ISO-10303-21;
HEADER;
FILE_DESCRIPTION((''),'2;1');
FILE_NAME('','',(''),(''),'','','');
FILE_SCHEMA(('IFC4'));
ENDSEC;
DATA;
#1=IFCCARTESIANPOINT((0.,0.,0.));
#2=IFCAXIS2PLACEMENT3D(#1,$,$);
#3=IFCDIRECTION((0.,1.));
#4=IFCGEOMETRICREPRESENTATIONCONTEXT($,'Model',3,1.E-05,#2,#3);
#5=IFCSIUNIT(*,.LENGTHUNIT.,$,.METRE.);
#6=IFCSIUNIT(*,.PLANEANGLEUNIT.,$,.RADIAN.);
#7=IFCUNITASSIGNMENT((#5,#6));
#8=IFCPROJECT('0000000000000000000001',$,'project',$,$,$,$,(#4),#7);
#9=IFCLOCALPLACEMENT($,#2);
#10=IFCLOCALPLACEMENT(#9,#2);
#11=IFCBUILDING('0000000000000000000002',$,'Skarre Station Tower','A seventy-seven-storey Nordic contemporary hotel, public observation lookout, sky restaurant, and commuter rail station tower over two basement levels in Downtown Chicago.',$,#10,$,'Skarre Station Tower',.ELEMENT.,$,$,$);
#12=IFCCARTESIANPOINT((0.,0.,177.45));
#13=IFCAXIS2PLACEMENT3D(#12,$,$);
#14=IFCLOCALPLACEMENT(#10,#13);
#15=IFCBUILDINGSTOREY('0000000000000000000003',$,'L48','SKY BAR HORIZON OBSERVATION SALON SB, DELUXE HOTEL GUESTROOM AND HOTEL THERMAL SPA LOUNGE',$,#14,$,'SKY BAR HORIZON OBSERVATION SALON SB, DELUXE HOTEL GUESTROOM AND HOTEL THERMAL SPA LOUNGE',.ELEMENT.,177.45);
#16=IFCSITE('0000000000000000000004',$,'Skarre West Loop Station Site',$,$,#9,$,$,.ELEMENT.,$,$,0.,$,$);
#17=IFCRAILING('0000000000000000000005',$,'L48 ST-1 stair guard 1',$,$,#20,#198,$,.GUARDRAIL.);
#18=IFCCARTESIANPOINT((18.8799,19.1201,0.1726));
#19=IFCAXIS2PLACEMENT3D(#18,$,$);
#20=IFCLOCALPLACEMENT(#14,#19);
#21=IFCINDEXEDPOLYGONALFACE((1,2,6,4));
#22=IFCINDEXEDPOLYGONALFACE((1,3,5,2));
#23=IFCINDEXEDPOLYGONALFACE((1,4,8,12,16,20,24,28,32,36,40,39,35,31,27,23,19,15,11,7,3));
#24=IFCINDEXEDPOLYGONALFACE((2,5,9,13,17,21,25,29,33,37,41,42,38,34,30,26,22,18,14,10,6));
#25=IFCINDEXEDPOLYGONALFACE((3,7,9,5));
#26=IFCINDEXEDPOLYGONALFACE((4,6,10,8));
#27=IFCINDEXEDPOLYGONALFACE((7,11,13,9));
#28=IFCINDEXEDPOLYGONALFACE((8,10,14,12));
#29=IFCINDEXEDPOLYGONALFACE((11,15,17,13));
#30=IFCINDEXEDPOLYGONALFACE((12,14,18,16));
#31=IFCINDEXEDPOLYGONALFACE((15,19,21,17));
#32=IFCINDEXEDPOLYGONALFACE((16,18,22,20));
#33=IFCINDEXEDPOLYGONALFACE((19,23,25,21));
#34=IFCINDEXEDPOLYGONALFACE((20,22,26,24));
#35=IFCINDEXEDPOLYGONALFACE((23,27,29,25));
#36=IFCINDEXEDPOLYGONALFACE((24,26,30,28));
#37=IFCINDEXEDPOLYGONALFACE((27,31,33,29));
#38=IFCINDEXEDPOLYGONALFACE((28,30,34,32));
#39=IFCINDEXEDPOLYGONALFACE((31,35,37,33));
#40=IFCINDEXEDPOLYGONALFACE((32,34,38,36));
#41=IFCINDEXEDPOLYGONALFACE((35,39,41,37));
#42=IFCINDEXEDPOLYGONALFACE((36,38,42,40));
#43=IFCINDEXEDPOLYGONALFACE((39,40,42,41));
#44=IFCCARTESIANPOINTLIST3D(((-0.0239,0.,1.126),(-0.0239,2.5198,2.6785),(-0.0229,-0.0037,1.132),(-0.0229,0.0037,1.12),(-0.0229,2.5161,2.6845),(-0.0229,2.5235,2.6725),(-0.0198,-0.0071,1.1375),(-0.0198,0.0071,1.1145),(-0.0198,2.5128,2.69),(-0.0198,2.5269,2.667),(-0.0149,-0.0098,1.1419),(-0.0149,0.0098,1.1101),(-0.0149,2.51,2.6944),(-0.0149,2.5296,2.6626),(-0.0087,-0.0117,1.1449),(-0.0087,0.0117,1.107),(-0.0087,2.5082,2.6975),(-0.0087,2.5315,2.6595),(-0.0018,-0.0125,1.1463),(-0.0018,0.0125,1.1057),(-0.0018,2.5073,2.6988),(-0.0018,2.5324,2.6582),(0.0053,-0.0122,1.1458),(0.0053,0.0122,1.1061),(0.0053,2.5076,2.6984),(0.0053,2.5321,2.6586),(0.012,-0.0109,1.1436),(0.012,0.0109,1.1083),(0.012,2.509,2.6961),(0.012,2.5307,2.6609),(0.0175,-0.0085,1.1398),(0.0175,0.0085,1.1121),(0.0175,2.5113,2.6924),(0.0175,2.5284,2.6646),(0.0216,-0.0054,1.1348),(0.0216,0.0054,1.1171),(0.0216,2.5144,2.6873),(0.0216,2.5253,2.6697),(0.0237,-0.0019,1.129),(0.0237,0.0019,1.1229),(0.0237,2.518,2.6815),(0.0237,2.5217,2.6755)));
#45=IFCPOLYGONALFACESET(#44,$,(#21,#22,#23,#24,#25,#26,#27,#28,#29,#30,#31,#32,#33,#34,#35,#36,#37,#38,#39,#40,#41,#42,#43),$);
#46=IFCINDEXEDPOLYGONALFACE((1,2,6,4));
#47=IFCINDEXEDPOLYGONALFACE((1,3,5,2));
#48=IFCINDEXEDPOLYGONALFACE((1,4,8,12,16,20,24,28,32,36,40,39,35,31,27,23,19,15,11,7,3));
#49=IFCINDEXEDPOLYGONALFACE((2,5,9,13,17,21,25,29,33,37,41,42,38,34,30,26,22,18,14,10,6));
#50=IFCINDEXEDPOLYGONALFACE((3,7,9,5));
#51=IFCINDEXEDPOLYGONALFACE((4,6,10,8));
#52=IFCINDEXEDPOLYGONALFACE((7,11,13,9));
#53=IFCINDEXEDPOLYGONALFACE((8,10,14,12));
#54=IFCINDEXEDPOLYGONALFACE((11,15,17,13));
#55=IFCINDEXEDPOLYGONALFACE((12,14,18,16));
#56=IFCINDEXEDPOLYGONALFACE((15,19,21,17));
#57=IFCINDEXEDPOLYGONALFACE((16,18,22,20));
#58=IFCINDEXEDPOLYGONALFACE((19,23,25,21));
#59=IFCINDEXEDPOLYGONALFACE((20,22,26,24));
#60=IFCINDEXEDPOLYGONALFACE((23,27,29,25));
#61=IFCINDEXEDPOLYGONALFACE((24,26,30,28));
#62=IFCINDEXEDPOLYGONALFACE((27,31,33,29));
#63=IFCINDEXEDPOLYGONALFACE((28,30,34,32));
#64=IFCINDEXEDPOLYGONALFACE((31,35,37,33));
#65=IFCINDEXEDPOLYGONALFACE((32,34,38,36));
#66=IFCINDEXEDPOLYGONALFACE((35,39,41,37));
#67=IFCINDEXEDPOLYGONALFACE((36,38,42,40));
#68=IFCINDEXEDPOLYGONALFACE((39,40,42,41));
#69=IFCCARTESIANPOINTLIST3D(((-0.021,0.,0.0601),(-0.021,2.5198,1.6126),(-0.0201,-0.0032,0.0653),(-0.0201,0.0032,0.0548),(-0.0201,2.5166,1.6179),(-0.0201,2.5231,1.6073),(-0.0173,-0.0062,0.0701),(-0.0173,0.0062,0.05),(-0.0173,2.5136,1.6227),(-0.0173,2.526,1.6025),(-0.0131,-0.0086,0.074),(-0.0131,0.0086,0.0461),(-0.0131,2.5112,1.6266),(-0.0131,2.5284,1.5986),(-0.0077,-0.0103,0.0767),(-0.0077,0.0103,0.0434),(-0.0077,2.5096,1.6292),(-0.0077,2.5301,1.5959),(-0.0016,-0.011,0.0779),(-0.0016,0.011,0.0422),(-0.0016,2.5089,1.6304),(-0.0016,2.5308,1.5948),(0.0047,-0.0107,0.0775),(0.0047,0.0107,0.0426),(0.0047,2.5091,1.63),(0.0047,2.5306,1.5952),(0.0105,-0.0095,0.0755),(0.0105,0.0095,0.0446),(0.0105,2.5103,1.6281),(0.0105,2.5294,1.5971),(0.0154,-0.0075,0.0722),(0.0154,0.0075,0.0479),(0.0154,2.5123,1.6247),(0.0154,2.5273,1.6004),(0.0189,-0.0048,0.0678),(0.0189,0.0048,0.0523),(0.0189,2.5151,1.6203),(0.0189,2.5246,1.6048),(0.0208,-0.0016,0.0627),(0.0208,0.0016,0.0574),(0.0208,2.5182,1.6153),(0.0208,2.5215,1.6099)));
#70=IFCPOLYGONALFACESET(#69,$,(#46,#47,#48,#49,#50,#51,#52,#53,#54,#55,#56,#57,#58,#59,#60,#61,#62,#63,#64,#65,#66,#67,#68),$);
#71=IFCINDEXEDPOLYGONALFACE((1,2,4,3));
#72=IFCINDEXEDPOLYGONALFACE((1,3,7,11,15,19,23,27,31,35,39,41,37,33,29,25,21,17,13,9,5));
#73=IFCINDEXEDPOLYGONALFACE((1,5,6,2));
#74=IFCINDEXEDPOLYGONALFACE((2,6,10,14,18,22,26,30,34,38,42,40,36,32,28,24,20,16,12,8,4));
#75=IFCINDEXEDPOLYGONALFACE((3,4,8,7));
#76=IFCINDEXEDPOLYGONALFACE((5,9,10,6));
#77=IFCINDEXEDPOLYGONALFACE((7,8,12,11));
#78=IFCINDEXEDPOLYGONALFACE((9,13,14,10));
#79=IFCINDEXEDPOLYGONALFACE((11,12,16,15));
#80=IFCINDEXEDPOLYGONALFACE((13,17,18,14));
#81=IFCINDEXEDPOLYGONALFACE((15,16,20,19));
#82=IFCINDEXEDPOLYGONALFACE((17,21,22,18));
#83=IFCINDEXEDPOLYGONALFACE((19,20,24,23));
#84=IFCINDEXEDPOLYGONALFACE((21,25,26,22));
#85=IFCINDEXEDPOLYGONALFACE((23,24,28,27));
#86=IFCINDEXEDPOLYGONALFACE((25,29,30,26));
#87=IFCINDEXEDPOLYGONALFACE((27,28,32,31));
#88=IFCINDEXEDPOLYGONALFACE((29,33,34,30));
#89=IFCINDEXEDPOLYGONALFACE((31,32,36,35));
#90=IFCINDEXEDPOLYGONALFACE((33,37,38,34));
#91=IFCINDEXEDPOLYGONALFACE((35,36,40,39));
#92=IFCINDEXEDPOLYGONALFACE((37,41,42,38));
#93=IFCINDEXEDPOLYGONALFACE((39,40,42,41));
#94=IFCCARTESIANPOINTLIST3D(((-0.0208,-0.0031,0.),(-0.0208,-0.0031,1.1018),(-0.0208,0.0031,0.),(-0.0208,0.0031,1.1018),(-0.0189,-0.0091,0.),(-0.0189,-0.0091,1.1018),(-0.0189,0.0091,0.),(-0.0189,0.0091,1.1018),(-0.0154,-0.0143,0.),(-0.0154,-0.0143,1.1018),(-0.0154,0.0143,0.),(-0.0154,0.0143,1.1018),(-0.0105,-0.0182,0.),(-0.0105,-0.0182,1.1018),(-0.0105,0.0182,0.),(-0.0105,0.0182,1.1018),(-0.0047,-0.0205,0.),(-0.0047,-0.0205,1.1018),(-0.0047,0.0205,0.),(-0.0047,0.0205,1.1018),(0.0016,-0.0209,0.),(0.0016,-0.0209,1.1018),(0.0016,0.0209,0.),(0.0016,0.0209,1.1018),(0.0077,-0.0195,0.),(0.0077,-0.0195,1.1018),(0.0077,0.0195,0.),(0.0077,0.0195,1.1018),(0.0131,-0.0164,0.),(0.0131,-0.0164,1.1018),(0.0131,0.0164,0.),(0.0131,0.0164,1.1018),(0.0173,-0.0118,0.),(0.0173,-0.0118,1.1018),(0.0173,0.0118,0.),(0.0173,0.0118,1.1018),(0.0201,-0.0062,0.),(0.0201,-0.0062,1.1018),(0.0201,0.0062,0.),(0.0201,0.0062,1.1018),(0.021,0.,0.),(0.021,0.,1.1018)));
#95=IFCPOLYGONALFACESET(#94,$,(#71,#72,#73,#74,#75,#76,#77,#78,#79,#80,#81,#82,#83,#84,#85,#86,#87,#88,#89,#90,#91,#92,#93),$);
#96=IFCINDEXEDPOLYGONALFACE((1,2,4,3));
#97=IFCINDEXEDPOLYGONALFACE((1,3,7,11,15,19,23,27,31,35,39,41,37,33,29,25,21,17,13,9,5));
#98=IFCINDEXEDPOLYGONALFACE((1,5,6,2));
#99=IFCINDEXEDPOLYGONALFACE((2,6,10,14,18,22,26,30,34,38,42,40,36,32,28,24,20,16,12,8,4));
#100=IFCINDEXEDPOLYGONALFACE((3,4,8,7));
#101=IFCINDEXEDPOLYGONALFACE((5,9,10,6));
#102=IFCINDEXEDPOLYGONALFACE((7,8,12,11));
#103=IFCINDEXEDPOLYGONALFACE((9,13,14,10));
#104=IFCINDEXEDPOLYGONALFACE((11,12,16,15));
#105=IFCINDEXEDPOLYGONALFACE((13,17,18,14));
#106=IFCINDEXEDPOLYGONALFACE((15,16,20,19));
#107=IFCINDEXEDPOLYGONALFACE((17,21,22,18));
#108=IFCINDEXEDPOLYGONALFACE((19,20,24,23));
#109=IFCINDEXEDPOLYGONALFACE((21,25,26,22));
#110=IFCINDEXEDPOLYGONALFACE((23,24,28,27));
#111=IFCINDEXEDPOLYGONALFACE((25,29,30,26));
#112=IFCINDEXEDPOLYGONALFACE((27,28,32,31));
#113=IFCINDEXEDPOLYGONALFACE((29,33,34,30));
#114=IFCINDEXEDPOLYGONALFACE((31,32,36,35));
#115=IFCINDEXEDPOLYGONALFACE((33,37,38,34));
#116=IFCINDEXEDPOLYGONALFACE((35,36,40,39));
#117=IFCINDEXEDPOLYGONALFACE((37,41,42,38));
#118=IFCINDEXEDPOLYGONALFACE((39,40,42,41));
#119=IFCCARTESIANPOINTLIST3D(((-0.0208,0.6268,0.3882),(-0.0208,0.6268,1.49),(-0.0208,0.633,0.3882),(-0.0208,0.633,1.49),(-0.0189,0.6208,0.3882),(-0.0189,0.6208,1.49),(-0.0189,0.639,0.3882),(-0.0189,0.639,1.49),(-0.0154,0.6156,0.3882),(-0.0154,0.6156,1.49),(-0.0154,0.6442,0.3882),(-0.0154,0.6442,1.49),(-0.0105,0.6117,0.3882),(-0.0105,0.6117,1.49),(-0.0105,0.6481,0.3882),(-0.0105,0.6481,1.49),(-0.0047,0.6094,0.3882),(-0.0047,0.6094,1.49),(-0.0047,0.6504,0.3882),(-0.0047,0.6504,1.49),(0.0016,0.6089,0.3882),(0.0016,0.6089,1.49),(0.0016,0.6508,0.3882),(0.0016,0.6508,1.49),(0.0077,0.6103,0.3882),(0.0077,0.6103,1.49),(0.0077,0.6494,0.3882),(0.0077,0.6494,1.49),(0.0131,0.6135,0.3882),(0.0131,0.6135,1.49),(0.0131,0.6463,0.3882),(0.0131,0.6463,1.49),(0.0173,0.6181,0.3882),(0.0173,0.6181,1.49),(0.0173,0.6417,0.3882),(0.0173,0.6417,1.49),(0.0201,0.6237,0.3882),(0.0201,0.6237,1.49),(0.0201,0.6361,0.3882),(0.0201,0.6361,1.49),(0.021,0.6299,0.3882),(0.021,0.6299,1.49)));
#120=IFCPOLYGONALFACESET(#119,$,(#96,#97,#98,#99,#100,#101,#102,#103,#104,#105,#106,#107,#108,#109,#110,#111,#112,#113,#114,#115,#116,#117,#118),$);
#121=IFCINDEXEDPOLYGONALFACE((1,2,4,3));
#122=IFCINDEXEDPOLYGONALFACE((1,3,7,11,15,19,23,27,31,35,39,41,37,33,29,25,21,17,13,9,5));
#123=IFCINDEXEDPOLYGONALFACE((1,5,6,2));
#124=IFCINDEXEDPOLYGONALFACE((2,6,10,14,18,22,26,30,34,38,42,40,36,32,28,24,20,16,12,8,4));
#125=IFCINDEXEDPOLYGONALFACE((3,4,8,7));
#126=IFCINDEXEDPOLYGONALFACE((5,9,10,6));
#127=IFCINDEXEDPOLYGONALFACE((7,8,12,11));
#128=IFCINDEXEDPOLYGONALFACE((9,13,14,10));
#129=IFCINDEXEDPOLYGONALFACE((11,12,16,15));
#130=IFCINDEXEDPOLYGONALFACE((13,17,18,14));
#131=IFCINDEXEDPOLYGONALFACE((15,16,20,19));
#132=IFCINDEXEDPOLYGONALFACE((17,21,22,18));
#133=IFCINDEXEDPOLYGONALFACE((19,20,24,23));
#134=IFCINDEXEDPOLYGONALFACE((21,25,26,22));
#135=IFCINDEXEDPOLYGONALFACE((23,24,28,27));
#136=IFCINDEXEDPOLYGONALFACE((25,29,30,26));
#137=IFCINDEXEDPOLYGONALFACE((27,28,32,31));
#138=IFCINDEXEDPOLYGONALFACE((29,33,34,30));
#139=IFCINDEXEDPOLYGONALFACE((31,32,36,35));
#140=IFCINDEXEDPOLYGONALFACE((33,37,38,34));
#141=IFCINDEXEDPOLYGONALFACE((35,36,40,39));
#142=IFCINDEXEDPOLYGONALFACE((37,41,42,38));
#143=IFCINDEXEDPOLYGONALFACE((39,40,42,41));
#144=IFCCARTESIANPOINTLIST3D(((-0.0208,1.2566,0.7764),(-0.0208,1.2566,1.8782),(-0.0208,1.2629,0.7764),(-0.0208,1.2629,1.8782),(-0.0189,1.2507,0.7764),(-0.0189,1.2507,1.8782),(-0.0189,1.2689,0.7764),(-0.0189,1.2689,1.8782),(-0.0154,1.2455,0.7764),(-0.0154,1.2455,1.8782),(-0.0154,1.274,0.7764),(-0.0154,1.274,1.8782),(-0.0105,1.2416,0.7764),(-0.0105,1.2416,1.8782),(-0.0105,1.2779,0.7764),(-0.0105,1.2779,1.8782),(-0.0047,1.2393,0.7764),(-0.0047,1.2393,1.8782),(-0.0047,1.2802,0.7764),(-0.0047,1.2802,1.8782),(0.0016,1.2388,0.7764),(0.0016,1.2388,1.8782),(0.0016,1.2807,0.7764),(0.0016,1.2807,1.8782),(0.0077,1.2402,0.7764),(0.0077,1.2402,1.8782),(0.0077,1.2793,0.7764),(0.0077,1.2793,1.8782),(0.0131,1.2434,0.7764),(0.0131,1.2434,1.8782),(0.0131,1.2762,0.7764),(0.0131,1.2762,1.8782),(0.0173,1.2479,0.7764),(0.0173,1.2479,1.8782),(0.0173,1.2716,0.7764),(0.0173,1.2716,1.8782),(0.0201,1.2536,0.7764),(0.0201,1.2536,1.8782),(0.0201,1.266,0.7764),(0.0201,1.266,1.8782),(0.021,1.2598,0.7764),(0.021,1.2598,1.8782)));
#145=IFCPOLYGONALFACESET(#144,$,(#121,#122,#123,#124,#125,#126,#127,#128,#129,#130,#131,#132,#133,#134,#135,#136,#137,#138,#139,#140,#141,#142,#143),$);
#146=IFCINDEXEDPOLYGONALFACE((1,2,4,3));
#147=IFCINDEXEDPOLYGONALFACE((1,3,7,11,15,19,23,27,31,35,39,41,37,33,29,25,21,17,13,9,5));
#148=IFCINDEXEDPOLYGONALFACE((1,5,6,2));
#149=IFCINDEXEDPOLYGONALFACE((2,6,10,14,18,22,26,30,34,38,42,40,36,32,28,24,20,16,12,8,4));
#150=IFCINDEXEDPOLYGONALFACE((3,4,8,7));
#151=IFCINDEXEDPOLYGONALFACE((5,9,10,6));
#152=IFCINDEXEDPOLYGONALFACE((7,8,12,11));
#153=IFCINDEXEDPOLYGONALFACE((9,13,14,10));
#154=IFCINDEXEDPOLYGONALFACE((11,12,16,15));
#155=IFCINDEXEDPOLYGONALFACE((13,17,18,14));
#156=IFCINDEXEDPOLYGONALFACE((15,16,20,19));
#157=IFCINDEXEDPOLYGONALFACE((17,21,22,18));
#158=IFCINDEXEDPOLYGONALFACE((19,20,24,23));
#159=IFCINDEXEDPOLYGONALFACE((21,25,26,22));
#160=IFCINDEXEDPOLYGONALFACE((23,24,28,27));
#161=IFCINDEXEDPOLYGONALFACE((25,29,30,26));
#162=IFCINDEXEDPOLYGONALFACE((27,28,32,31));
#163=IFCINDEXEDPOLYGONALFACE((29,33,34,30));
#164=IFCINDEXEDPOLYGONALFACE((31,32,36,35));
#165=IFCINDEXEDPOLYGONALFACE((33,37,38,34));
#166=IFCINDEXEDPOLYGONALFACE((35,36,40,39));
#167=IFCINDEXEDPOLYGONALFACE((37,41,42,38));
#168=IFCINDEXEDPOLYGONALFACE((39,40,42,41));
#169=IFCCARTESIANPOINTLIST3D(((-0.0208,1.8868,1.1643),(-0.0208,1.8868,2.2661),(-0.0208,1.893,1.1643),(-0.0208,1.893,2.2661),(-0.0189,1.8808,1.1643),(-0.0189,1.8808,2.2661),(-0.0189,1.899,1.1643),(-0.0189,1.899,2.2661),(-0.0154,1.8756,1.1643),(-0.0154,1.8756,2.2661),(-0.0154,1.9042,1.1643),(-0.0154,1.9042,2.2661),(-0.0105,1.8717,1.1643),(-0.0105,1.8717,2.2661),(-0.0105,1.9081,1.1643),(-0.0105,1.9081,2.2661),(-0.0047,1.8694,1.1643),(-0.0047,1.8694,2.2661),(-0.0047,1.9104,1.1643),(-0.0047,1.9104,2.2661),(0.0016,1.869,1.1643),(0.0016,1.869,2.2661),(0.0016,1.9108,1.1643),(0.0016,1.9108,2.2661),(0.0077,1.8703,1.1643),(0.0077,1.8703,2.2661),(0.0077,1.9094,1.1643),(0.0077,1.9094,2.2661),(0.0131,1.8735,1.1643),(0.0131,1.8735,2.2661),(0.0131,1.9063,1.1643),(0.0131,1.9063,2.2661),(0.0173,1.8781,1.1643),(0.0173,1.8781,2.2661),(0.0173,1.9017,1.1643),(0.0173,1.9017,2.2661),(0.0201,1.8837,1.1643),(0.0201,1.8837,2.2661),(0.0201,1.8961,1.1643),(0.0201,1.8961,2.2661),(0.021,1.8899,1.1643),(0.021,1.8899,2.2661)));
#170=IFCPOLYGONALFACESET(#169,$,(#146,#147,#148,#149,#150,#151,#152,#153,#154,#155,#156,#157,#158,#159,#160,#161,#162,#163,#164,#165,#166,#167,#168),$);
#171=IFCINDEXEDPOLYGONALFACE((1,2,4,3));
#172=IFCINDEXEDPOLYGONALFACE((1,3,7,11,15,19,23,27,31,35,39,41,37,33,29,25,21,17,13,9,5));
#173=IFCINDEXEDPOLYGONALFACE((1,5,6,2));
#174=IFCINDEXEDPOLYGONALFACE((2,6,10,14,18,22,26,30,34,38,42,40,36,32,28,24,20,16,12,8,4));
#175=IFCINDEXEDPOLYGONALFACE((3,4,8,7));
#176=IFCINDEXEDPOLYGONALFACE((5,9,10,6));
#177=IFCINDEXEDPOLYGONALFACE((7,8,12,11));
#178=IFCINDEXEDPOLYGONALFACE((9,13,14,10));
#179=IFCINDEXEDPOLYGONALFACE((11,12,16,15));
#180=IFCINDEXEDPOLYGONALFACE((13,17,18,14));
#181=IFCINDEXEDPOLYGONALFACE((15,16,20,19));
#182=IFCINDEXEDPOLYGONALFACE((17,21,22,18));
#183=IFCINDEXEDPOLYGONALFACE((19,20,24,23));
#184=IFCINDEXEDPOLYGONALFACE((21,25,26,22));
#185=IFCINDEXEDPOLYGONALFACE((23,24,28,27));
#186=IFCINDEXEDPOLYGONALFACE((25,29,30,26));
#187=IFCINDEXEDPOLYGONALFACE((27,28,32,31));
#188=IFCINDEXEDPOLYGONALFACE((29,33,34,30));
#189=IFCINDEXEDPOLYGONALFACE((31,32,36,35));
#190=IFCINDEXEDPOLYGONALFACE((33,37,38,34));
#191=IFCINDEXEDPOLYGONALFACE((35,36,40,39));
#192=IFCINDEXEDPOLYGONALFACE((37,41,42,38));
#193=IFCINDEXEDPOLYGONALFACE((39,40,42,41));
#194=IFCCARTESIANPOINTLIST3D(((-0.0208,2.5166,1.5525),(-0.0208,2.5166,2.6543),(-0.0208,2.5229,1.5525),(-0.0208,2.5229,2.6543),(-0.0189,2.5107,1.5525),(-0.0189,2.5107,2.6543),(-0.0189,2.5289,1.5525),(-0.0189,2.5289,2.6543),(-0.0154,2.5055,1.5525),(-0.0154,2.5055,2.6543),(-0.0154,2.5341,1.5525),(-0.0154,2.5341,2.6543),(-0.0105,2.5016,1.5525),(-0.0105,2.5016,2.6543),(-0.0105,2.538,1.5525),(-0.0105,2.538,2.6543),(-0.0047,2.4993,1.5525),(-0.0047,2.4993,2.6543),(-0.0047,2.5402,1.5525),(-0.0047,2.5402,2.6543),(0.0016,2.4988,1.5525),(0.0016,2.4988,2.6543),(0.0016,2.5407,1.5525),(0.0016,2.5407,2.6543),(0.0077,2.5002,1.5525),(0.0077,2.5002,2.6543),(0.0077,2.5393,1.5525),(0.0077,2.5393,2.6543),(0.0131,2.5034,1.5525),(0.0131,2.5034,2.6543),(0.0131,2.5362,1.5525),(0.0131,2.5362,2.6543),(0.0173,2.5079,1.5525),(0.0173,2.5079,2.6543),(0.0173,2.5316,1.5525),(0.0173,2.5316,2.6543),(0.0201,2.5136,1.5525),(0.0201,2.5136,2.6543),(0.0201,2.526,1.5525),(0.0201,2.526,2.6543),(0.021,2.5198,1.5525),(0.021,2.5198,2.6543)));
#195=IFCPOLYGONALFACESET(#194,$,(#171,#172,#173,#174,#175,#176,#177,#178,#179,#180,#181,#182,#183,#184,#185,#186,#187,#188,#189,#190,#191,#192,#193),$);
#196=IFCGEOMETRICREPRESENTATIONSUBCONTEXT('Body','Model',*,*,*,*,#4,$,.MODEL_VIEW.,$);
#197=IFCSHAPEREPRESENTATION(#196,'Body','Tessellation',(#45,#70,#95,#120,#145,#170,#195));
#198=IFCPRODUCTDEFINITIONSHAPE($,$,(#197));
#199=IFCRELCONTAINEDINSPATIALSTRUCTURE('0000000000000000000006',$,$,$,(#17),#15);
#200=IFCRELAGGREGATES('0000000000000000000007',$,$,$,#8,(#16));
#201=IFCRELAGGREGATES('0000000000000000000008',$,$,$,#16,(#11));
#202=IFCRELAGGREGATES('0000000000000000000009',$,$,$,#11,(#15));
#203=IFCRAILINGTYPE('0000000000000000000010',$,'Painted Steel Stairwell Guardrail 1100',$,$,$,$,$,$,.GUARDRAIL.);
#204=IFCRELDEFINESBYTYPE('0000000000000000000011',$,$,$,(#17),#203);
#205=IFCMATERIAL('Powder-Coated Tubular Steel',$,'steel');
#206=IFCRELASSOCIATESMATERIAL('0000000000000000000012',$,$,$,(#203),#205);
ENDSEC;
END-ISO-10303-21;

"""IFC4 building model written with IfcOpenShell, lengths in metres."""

from ifc_helpers import new_model, si_unit, direction, frame, origin, origin_2d, place, context, subcontext, project, spatial, circle, extrude, material, type_object, element, save


model = new_model("IFC4")

# Units and contexts
model_context = context("Model", 3, precision=1e-05, world=origin(), true_north=direction((0.0, 1.0)))
body_context = subcontext(model_context, "Body", "Model", "MODEL_VIEW")
ifc_project = project(units=[si_unit("LENGTHUNIT", "METRE"), si_unit("PLANEANGLEUNIT", "RADIAN")], contexts=[model_context])

# Site, building, storey
site_placement = place(None, origin())
site = spatial("IfcSite", under=ifc_project, at=site_placement, Name="Skarre West Loop Station Site", CompositionType="ELEMENT", RefElevation=0.0)
building_placement = place(site_placement, origin())
building = spatial("IfcBuilding", under=site, at=building_placement, Name="Skarre Station Tower", Description="A seventy-seven-storey Nordic contemporary hotel, public observation lookout, sky restaurant, and commuter rail station tower over two basement levels in Downtown Chicago.", LongName="Skarre Station Tower", CompositionType="ELEMENT")
storey_placement = place(building_placement, frame((0.0, 0.0, 177.45)))
storey = spatial("IfcBuildingStorey", under=building, at=storey_placement, Name="L48", Description="SKY BAR HORIZON OBSERVATION SALON SB, DELUXE HOTEL GUESTROOM AND HOTEL THERMAL SPA LOUNGE", LongName="SKY BAR HORIZON OBSERVATION SALON SB, DELUXE HOTEL GUESTROOM AND HOTEL THERMAL SPA LOUNGE", CompositionType="ELEMENT", Elevation=177.45)

# Railing
ifc_material_1 = material(Name="Powder-Coated Tubular Steel", Category="steel")
railing_type_1 = type_object("IfcRailingType", Name="Painted Steel Stairwell Guardrail 1100", PredefinedType="GUARDRAIL", material=ifc_material_1)
railing_1_placement = place(storey_placement, frame((18.8799, 19.1201, 0.1726)))
element("IfcRailing", 1, at=railing_1_placement, inside=storey, type_object=railing_type_1, Name="L48 ST-1 stair guard 1", PredefinedType="GUARDRAIL", context=body_context, shape_type="SweptSolid", body=[
    extrude(circle(Radius=0.0239, at=origin_2d()), frame((0.0, 0.0, 1.126), z_axis=(0.0, 0.851378, 0.524553), x_axis=(-1.0, 0.0, 0.0)), (0.0, 0.0, 1.0), 2.9597),
    extrude(circle(Radius=0.021, at=origin_2d()), frame((0.0, 0.0, 0.0601), z_axis=(0.0, 0.851378, 0.524553), x_axis=(-1.0, 0.0, 0.0)), (0.0, 0.0, 1.0), 2.9597),
    extrude(circle(Radius=0.021, at=origin_2d()), origin(), (0.0, 0.0, 1.0), 1.1018),
    extrude(circle(Radius=0.021, at=origin_2d()), frame((0.0, 0.6299, 0.3882)), (0.0, 0.0, 1.0), 1.1018),
    extrude(circle(Radius=0.021, at=origin_2d()), frame((0.0, 1.2598, 0.7764)), (0.0, 0.0, 1.0), 1.1018),
    extrude(circle(Radius=0.021, at=origin_2d()), frame((0.0, 1.8899, 1.1643)), (0.0, 0.0, 1.0), 1.1018),
    extrude(circle(Radius=0.021, at=origin_2d()), frame((0.0, 2.5198, 1.5525)), (0.0, 0.0, 1.0), 1.1018),
])

save(model, "model.ifc")
